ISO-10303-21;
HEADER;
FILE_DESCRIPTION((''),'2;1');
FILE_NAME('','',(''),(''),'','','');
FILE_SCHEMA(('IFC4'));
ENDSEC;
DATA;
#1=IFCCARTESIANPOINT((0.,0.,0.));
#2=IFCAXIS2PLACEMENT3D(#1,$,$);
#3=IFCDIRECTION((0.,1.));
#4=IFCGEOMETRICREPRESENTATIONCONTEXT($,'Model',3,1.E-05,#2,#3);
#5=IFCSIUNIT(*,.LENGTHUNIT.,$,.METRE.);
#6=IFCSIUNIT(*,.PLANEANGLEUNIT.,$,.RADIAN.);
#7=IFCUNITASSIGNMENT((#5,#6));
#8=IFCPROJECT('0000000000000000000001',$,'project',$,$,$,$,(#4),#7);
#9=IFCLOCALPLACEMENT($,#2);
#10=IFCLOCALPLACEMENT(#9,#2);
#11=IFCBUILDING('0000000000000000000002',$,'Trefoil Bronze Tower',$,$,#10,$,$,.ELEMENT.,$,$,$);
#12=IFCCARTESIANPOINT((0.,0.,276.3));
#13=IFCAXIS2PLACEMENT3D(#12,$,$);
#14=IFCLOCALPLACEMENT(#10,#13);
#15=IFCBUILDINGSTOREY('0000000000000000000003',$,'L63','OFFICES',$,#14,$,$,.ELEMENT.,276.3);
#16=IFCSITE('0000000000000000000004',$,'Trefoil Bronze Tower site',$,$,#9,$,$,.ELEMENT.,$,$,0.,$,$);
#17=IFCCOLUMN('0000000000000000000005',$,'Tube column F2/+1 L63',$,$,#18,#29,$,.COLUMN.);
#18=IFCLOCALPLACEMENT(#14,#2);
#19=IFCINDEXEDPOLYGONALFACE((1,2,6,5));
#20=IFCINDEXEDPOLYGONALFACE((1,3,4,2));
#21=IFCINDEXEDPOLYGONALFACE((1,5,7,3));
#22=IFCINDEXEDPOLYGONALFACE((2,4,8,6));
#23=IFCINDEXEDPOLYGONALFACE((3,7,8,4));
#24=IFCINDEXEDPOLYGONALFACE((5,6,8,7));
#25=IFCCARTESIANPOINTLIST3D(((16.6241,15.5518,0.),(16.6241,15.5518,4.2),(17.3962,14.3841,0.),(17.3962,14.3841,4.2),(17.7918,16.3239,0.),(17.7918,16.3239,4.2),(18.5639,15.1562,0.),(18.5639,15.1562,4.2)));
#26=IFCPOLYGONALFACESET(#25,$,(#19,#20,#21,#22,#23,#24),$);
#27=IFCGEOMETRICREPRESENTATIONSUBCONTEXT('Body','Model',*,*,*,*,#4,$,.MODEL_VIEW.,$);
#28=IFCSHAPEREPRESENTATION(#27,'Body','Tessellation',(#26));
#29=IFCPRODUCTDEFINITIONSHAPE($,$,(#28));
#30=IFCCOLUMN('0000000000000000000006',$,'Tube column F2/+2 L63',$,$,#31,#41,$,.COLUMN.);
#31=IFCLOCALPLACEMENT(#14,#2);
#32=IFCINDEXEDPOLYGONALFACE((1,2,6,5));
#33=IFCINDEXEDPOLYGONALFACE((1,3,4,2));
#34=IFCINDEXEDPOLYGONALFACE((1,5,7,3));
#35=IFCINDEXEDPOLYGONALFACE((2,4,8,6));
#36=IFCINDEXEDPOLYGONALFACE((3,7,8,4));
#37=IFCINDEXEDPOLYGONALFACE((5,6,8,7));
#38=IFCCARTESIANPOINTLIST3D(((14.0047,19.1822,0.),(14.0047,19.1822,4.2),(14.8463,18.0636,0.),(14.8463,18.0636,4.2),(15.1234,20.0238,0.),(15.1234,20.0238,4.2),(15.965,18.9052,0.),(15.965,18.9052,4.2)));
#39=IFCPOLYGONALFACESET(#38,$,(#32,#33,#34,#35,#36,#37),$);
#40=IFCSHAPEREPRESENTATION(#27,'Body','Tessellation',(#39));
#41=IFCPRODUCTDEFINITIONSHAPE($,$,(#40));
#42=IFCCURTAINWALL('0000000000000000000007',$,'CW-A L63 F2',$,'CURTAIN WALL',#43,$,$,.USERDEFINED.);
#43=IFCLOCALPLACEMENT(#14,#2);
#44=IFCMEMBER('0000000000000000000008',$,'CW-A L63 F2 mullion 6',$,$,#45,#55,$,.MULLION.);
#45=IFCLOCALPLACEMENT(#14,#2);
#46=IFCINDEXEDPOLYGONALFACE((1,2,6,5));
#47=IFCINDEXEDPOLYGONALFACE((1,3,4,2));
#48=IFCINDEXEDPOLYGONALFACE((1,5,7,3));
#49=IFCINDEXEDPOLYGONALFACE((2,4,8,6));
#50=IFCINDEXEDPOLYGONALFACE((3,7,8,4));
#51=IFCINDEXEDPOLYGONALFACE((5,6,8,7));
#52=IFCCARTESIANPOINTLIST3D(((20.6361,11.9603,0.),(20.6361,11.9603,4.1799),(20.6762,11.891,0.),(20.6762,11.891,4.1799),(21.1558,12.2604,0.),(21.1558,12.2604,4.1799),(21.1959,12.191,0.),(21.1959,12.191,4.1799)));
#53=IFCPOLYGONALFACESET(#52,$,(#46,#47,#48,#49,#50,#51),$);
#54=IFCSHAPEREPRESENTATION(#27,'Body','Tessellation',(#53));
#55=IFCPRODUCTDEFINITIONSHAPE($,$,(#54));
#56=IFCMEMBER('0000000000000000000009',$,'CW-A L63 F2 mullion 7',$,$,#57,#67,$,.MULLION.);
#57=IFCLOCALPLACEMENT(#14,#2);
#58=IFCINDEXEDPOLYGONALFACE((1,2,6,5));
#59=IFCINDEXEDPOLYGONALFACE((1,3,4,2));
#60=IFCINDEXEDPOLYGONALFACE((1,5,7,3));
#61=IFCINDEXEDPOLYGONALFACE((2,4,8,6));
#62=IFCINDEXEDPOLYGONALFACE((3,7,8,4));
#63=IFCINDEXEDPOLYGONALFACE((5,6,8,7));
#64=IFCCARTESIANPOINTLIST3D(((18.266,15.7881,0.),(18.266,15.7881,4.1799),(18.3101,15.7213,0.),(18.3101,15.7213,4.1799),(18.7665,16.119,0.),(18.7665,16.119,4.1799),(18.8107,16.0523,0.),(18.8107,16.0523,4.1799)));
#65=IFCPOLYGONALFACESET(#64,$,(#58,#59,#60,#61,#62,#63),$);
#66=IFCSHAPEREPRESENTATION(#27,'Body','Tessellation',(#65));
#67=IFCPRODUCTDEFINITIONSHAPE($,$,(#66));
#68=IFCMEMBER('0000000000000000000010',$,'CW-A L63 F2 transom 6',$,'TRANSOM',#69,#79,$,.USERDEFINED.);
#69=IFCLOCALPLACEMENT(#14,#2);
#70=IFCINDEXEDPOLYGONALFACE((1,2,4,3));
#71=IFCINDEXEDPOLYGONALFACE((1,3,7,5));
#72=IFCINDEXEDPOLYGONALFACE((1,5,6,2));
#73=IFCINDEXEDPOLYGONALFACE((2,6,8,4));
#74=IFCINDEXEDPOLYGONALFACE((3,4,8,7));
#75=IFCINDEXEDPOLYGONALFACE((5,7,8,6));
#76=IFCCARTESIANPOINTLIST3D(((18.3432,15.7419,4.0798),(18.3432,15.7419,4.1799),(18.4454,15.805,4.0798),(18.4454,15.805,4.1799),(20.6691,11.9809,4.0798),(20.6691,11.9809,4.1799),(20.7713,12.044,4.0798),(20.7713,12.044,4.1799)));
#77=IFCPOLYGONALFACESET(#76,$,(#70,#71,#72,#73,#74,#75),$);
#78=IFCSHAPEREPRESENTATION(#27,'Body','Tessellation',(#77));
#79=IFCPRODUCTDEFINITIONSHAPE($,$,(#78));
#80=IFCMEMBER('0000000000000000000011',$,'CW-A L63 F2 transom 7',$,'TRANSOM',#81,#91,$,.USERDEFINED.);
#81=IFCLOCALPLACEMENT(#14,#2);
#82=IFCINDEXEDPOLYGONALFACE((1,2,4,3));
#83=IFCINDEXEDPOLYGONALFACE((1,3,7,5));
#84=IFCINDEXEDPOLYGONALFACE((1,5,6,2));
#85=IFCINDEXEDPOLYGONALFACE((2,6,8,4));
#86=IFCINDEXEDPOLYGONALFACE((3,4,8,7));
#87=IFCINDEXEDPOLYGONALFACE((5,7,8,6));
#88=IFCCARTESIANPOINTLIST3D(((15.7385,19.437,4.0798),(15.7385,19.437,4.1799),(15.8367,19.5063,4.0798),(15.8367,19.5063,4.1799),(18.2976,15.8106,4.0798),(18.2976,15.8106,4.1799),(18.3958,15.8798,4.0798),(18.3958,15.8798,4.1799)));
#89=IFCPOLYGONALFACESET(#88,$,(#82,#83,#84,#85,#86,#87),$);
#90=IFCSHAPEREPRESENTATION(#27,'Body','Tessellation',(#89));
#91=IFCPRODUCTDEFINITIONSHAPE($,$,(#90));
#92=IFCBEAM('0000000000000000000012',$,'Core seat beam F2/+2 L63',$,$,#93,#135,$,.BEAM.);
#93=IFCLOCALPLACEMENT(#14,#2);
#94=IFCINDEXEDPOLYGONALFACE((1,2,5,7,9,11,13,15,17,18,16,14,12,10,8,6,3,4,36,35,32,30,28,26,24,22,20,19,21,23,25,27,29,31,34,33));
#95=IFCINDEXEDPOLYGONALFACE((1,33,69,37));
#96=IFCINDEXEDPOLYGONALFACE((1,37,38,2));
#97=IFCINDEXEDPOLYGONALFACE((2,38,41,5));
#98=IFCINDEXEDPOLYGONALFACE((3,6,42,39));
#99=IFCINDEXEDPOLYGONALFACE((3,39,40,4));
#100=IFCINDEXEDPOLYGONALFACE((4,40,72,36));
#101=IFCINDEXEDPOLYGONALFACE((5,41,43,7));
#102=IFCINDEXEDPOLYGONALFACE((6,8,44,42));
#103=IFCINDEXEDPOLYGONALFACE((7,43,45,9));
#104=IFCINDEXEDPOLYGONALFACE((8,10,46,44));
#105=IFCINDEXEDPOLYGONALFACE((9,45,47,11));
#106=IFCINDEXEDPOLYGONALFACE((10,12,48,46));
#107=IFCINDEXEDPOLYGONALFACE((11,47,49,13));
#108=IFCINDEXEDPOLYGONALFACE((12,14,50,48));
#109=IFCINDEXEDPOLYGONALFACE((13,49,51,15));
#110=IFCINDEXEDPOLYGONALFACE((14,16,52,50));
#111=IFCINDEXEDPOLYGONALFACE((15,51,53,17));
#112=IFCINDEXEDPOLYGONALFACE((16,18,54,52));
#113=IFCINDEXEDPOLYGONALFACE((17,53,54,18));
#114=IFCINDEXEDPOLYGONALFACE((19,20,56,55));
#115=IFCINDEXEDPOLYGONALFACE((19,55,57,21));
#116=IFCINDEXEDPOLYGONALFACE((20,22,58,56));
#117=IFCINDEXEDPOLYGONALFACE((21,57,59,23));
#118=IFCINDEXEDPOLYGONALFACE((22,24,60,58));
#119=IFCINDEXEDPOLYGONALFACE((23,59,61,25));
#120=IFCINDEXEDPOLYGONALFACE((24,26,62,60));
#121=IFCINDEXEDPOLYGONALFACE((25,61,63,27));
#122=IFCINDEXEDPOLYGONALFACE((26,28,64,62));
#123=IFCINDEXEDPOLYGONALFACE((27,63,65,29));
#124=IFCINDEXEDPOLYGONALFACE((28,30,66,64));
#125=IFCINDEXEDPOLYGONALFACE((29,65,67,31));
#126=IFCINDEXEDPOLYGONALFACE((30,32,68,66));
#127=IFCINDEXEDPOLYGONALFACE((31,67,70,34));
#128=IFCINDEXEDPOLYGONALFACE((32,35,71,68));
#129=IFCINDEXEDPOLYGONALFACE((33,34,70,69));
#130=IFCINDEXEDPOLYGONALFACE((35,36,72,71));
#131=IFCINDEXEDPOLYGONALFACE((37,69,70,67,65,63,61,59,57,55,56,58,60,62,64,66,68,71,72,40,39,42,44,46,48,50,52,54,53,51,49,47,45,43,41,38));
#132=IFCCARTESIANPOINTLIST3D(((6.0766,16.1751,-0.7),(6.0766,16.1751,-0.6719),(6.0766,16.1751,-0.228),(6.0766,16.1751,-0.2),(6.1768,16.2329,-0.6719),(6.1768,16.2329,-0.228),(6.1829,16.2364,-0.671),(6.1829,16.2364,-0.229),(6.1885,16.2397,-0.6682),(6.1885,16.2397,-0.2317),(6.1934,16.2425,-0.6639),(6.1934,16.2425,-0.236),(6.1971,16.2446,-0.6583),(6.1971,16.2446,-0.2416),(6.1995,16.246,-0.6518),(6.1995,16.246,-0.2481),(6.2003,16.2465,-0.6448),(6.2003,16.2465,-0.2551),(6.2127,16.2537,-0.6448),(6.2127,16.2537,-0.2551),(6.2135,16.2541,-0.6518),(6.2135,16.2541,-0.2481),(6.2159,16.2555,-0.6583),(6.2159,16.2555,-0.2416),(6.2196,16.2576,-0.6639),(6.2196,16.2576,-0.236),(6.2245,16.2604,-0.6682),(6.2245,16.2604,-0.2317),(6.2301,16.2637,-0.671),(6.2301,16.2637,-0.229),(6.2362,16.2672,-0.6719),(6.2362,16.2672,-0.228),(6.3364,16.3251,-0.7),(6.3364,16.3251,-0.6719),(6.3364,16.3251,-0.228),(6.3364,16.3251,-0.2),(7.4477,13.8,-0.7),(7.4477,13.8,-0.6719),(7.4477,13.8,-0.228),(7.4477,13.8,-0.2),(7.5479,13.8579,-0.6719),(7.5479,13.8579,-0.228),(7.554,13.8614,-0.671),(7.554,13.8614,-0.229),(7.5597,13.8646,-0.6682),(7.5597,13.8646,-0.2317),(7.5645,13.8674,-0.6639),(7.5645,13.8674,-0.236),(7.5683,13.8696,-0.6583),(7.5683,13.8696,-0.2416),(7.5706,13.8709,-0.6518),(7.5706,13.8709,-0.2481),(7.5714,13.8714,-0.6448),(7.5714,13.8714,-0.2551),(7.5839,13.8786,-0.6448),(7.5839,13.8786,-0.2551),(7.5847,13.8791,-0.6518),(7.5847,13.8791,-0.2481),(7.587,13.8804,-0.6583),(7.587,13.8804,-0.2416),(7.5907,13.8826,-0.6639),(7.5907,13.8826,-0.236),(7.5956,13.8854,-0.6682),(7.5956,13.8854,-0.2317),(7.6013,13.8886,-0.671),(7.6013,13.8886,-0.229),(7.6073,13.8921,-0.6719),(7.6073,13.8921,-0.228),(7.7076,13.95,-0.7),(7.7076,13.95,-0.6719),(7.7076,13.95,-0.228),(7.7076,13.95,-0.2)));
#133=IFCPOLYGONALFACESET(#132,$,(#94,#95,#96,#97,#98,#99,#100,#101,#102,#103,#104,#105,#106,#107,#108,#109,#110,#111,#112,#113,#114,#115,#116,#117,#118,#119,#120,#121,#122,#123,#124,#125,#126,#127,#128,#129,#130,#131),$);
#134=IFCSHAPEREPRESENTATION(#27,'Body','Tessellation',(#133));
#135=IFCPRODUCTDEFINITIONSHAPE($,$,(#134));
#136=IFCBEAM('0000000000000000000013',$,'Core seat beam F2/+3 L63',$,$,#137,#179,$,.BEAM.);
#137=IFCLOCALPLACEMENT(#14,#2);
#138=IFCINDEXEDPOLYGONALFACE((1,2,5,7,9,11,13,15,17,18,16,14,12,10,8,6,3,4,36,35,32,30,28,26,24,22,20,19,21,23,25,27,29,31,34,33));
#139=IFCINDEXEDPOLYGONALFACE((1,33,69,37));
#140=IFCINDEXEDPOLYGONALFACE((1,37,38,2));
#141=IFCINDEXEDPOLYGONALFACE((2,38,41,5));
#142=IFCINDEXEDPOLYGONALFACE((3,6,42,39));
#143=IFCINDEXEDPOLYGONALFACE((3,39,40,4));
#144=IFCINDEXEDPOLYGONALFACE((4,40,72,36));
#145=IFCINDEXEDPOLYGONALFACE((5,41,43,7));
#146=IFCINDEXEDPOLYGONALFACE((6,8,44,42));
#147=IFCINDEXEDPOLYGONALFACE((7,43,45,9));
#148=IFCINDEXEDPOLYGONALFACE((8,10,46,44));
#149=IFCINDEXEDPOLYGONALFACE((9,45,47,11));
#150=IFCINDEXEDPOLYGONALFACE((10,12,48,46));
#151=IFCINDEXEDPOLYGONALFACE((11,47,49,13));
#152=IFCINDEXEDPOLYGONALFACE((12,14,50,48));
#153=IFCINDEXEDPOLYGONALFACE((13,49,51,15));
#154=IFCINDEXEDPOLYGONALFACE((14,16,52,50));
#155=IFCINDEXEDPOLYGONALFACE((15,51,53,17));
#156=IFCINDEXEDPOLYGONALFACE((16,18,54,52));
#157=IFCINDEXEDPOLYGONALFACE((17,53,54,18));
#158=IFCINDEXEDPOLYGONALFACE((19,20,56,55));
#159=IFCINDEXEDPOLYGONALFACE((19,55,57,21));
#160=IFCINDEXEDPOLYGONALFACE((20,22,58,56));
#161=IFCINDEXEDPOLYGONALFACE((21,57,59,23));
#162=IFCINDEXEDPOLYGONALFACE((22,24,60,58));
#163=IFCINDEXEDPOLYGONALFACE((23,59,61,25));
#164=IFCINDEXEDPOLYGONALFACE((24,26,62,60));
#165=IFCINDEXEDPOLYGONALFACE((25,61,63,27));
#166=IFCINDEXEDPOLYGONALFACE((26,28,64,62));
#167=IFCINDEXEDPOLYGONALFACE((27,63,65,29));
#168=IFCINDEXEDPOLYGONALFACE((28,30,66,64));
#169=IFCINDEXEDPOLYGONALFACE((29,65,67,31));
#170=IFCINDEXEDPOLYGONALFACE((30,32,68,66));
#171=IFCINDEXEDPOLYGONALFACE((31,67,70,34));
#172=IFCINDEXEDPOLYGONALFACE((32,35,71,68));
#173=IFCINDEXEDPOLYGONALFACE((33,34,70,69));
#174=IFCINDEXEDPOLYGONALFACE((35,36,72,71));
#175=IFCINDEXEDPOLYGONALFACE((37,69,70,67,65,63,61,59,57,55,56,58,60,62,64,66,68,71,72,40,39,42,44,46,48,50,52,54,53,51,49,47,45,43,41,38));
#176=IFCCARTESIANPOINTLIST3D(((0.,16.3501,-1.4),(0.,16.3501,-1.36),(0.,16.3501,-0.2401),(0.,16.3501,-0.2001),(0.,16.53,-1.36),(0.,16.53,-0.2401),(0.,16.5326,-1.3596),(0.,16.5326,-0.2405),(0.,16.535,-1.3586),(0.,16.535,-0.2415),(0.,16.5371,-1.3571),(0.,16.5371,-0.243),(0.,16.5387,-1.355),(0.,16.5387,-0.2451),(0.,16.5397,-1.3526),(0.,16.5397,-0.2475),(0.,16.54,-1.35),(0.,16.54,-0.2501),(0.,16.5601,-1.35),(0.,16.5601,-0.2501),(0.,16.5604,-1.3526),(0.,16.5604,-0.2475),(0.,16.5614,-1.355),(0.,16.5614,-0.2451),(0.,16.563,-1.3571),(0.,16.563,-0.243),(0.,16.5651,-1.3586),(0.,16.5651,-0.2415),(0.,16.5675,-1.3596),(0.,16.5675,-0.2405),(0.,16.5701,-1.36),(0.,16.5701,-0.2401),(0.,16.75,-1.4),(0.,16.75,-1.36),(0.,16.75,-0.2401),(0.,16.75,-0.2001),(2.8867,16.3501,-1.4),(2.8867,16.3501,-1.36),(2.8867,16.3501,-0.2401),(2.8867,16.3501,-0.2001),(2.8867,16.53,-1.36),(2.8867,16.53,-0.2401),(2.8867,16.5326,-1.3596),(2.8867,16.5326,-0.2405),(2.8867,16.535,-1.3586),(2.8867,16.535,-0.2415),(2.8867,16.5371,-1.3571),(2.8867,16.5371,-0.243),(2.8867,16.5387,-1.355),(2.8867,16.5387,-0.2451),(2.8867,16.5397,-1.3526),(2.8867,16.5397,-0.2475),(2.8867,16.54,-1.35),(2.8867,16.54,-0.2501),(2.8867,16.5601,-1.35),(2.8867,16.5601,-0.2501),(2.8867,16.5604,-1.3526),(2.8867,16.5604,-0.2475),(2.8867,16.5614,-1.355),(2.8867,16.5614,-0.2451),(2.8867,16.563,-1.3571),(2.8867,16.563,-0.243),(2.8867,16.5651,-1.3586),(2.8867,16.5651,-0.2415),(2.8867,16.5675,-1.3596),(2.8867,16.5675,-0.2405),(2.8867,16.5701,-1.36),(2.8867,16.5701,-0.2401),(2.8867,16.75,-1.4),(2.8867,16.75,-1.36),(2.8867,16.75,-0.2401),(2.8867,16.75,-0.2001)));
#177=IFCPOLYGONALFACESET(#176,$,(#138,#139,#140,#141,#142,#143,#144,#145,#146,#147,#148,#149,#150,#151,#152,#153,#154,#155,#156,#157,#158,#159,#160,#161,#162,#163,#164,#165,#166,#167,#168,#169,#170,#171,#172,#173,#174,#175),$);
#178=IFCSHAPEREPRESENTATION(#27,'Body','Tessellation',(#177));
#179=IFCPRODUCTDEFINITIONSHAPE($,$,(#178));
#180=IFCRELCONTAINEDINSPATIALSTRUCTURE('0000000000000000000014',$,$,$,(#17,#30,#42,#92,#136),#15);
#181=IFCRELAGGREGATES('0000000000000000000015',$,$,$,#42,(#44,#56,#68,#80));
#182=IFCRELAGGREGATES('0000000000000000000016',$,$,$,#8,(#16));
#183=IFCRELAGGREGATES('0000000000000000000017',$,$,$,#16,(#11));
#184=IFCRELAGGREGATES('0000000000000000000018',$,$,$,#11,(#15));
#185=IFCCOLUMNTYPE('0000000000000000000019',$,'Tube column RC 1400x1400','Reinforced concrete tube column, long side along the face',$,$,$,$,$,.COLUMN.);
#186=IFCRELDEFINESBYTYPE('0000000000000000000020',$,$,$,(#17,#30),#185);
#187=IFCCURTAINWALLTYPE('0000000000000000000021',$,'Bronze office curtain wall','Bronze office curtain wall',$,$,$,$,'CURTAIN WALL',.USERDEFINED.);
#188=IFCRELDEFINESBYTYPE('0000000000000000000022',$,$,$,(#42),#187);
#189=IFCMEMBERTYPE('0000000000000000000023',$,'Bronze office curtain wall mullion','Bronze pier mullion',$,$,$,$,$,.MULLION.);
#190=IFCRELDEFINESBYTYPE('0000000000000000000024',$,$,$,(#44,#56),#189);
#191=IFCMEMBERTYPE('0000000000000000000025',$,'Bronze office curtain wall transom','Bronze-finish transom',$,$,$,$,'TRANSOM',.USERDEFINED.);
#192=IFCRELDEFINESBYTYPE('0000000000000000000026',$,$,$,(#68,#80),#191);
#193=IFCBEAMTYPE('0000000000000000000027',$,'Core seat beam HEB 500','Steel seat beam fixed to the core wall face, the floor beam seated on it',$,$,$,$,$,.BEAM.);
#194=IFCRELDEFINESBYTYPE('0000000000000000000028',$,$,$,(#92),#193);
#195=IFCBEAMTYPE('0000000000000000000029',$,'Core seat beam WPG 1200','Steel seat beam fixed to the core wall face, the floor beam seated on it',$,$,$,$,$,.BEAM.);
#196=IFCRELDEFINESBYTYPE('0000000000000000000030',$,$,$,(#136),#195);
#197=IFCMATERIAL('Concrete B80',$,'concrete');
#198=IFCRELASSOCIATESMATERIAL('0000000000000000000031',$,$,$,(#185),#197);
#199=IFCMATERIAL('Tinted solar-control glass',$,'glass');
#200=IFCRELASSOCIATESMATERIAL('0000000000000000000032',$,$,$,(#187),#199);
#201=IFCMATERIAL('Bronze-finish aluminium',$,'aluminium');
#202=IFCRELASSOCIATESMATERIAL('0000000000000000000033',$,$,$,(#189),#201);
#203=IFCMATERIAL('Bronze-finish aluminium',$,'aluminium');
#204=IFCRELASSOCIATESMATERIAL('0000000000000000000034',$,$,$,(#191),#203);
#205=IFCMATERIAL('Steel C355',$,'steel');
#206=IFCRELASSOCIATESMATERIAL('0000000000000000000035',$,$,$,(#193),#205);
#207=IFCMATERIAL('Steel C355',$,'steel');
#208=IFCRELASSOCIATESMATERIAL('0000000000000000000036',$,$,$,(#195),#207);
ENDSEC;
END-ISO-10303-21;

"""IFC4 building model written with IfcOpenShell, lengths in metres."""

from ifc_helpers import new_model, si_unit, direction, frame, origin, origin_2d, place, context, subcontext, project, spatial, rectangle, i_section, extrude, material, material_profile, profile_set, type_object, element, aggregate, save


model = new_model("IFC4")

# Units and contexts
model_context = context("Model", 3, precision=1e-05, world=origin(), true_north=direction((0.0, 1.0)))
body_context = subcontext(model_context, "Body", "Model", "MODEL_VIEW")
ifc_project = project(units=[si_unit("LENGTHUNIT", "METRE"), si_unit("PLANEANGLEUNIT", "RADIAN")], contexts=[model_context])

# Site, building, storey
site_placement = place(None, origin())
site = spatial("IfcSite", under=ifc_project, at=site_placement, Name="Trefoil Bronze Tower site", CompositionType="ELEMENT", RefElevation=0.0)
building_placement = place(site_placement, origin())
building = spatial("IfcBuilding", under=site, at=building_placement, Name="Trefoil Bronze Tower", CompositionType="ELEMENT")
storey_placement = place(building_placement, frame((0.0, 0.0, 276.3)))
storey = spatial("IfcBuildingStorey", under=building, at=storey_placement, Name="L63", Description="OFFICES", CompositionType="ELEMENT", Elevation=276.3)

# Columns
ifc_material_1 = material(Name="Concrete B80", Category="concrete")
ifc_material_profile_1 = material_profile(ifc_material_1, rectangle(XDim=1.3999, YDim=1.3999, at=origin_2d()), Name="RC 1400x1400")
ifc_profile_set_1 = profile_set([ifc_material_profile_1], Name="Concrete B80")
column_type = type_object("IfcColumnType", Name="Tube column RC 1400x1400", Description="Reinforced concrete tube column, long side along the face", PredefinedType="COLUMN", material=ifc_profile_set_1)
for number, where, z_axis, x_axis, name in (
    (1, (17.594, 15.354, 0.0), (0.0, 0.0, 1.0), (-0.551524, 0.834159, 0.0), "Tube column F2/+1 L63"),
    (2, (14.9849, 19.0437, 0.0), (0.0, 0.0, 1.0), (-0.601203, 0.799096, 0.0), "Tube column F2/+2 L63"),
):
    element("IfcColumn", number, at=place(storey_placement, frame(where, z_axis=z_axis, x_axis=x_axis)), inside=storey, type_object=column_type, Name=name, PredefinedType="COLUMN", context=body_context, shape_type="SweptSolid", body=[
        extrude(rectangle(XDim=1.3999, YDim=1.3999, at=origin_2d()), origin(), (0.0, 0.0, 1.0), 4.2),
    ])

# Curtain wall, members
ifc_material_2 = material(Name="Tinted solar-control glass", Category="glass")
curtain_wall_type = type_object("IfcCurtainWallType", Name="Bronze office curtain wall", Description="Bronze office curtain wall", ElementType="CURTAIN WALL", PredefinedType="USERDEFINED", material=ifc_material_2)
curtain_wall_placement = place(storey_placement, origin())
curtain_wall = element("IfcCurtainWall", 3, at=curtain_wall_placement, inside=storey, type_object=curtain_wall_type, Name="CW-A L63 F2", ObjectType="CURTAIN WALL", PredefinedType="USERDEFINED")
ifc_material_3 = material(Name="Bronze-finish aluminium", Category="aluminium")
ifc_material_profile_2 = material_profile(ifc_material_3, rectangle(XDim=0.6001, YDim=0.0801, at=origin_2d()), Name="CW-A mullion")
ifc_profile_set_2 = profile_set([ifc_material_profile_2], Name="Bronze-finish aluminium")
member_type_1 = type_object("IfcMemberType", Name="Bronze office curtain wall mullion", Description="Bronze pier mullion", PredefinedType="MULLION", material=ifc_profile_set_2)
member_1_placement = place(storey_placement, frame((20.916, 12.0757, 0.0), z_axis=(0.0, 0.0, 1.0), x_axis=(-0.866025, -0.5, 0.0)))
member_1 = element("IfcMember", 4, at=member_1_placement, type_object=member_type_1, Name="CW-A L63 F2 mullion 6", PredefinedType="MULLION", context=body_context, shape_type="SweptSolid", body=[
    extrude(rectangle(XDim=0.6001, YDim=0.0801, at=origin_2d()), origin(), (0.0, 0.0, 1.0), 4.1799),
])
member_2_placement = place(storey_placement, frame((18.5383, 15.9202, 0.0), z_axis=(0.0, 0.0, 1.0), x_axis=(-0.834159, -0.551524, 0.0)))
member_2 = element("IfcMember", 5, at=member_2_placement, type_object=member_type_1, Name="CW-A L63 F2 mullion 7", PredefinedType="MULLION", context=body_context, shape_type="SweptSolid", body=[
    extrude(rectangle(XDim=0.6001, YDim=0.0801, at=origin_2d()), origin(), (0.0, 0.0, 1.0), 4.1799),
])
ifc_material_4 = material(Name="Bronze-finish aluminium", Category="aluminium")
ifc_material_profile_3 = material_profile(ifc_material_4, rectangle(XDim=0.1201, YDim=0.1001, at=origin_2d()), Name="CW-A transom")
ifc_profile_set_3 = profile_set([ifc_material_profile_3], Name="Bronze-finish aluminium")
member_type_2 = type_object("IfcMemberType", Name="Bronze office curtain wall transom", Description="Bronze-finish transom", ElementType="TRANSOM", PredefinedType="USERDEFINED", material=ifc_profile_set_3)
member_3_placement = place(storey_placement, frame((20.7202, 12.0125, 4.1299), z_axis=(-0.525978, 0.850498, 0.0), x_axis=(-0.850498, -0.525978, 0.0)))
member_3 = element("IfcMember", 6, at=member_3_placement, type_object=member_type_2, Name="CW-A L63 F2 transom 6", ObjectType="TRANSOM", PredefinedType="USERDEFINED", context=body_context, shape_type="SweptSolid", body=[
    extrude(rectangle(XDim=0.1201, YDim=0.1001, at=origin_2d()), origin(), (0.0, 0.0, 1.0), 4.4221),
])
member_4_placement = place(storey_placement, frame((18.3467, 15.8452, 4.1299), z_axis=(-0.576567, 0.81705, 0.0), x_axis=(-0.81705, -0.576567, 0.0)))
member_4 = element("IfcMember", 7, at=member_4_placement, type_object=member_type_2, Name="CW-A L63 F2 transom 7", ObjectType="TRANSOM", PredefinedType="USERDEFINED", context=body_context, shape_type="SweptSolid", body=[
    extrude(rectangle(XDim=0.1201, YDim=0.1001, at=origin_2d()), origin(), (0.0, 0.0, 1.0), 4.4385),
])

# Beams
ifc_material_5 = material(Name="Steel C355", Category="steel")
ifc_material_profile_4 = material_profile(ifc_material_5, i_section(OverallWidth=0.3, OverallDepth=0.5, WebThickness=0.0144, FlangeThickness=0.0281, FilletRadius=0.0271, at=origin_2d()), Name="HEB 500")
ifc_profile_set_4 = profile_set([ifc_material_profile_4], Name="Steel C355")
beam_type_1 = type_object("IfcBeamType", Name="Core seat beam HEB 500", Description="Steel seat beam fixed to the core wall face, the floor beam seated on it", PredefinedType="BEAM", material=ifc_profile_set_4)
beam_1_placement = place(storey_placement, frame((7.5776, 13.875, -0.45), z_axis=(-0.499969, 0.866043, 0.0), x_axis=(-0.866043, -0.499969, 0.0)))
element("IfcBeam", 8, at=beam_1_placement, inside=storey, type_object=beam_type_1, Name="Core seat beam F2/+2 L63", PredefinedType="BEAM", context=body_context, shape_type="SweptSolid", body=[
    extrude(i_section(OverallWidth=0.3, OverallDepth=0.5, WebThickness=0.0144, FlangeThickness=0.0281, FilletRadius=0.0271, at=origin_2d()), origin(), (0.0, 0.0, 1.0), 2.7424),
])
ifc_material_6 = material(Name="Steel C355", Category="steel")
ifc_material_profile_5 = material_profile(ifc_material_6, i_section(OverallWidth=0.3999, OverallDepth=1.2, WebThickness=0.02, FlangeThickness=0.04, FilletRadius=0.01, at=origin_2d()), Name="WPG 1200")
ifc_profile_set_5 = profile_set([ifc_material_profile_5], Name="Steel C355")
beam_type_2 = type_object("IfcBeamType", Name="Core seat beam WPG 1200", Description="Steel seat beam fixed to the core wall face, the floor beam seated on it", PredefinedType="BEAM", material=ifc_profile_set_5)
beam_2_placement = place(storey_placement, frame((2.8867, 16.55, -0.8), z_axis=(-1.0, 0.0, 0.0), x_axis=(0.0, -1.0, 0.0)))
element("IfcBeam", 9, at=beam_2_placement, inside=storey, type_object=beam_type_2, Name="Core seat beam F2/+3 L63", PredefinedType="BEAM", context=body_context, shape_type="SweptSolid", body=[
    extrude(i_section(OverallWidth=0.3999, OverallDepth=1.2, WebThickness=0.02, FlangeThickness=0.04, FilletRadius=0.01, at=origin_2d()), origin(), (0.0, 0.0, 1.0), 2.8867),
])

aggregate(curtain_wall, [member_1, member_2, member_3, member_4])

save(model, "model.ifc")
